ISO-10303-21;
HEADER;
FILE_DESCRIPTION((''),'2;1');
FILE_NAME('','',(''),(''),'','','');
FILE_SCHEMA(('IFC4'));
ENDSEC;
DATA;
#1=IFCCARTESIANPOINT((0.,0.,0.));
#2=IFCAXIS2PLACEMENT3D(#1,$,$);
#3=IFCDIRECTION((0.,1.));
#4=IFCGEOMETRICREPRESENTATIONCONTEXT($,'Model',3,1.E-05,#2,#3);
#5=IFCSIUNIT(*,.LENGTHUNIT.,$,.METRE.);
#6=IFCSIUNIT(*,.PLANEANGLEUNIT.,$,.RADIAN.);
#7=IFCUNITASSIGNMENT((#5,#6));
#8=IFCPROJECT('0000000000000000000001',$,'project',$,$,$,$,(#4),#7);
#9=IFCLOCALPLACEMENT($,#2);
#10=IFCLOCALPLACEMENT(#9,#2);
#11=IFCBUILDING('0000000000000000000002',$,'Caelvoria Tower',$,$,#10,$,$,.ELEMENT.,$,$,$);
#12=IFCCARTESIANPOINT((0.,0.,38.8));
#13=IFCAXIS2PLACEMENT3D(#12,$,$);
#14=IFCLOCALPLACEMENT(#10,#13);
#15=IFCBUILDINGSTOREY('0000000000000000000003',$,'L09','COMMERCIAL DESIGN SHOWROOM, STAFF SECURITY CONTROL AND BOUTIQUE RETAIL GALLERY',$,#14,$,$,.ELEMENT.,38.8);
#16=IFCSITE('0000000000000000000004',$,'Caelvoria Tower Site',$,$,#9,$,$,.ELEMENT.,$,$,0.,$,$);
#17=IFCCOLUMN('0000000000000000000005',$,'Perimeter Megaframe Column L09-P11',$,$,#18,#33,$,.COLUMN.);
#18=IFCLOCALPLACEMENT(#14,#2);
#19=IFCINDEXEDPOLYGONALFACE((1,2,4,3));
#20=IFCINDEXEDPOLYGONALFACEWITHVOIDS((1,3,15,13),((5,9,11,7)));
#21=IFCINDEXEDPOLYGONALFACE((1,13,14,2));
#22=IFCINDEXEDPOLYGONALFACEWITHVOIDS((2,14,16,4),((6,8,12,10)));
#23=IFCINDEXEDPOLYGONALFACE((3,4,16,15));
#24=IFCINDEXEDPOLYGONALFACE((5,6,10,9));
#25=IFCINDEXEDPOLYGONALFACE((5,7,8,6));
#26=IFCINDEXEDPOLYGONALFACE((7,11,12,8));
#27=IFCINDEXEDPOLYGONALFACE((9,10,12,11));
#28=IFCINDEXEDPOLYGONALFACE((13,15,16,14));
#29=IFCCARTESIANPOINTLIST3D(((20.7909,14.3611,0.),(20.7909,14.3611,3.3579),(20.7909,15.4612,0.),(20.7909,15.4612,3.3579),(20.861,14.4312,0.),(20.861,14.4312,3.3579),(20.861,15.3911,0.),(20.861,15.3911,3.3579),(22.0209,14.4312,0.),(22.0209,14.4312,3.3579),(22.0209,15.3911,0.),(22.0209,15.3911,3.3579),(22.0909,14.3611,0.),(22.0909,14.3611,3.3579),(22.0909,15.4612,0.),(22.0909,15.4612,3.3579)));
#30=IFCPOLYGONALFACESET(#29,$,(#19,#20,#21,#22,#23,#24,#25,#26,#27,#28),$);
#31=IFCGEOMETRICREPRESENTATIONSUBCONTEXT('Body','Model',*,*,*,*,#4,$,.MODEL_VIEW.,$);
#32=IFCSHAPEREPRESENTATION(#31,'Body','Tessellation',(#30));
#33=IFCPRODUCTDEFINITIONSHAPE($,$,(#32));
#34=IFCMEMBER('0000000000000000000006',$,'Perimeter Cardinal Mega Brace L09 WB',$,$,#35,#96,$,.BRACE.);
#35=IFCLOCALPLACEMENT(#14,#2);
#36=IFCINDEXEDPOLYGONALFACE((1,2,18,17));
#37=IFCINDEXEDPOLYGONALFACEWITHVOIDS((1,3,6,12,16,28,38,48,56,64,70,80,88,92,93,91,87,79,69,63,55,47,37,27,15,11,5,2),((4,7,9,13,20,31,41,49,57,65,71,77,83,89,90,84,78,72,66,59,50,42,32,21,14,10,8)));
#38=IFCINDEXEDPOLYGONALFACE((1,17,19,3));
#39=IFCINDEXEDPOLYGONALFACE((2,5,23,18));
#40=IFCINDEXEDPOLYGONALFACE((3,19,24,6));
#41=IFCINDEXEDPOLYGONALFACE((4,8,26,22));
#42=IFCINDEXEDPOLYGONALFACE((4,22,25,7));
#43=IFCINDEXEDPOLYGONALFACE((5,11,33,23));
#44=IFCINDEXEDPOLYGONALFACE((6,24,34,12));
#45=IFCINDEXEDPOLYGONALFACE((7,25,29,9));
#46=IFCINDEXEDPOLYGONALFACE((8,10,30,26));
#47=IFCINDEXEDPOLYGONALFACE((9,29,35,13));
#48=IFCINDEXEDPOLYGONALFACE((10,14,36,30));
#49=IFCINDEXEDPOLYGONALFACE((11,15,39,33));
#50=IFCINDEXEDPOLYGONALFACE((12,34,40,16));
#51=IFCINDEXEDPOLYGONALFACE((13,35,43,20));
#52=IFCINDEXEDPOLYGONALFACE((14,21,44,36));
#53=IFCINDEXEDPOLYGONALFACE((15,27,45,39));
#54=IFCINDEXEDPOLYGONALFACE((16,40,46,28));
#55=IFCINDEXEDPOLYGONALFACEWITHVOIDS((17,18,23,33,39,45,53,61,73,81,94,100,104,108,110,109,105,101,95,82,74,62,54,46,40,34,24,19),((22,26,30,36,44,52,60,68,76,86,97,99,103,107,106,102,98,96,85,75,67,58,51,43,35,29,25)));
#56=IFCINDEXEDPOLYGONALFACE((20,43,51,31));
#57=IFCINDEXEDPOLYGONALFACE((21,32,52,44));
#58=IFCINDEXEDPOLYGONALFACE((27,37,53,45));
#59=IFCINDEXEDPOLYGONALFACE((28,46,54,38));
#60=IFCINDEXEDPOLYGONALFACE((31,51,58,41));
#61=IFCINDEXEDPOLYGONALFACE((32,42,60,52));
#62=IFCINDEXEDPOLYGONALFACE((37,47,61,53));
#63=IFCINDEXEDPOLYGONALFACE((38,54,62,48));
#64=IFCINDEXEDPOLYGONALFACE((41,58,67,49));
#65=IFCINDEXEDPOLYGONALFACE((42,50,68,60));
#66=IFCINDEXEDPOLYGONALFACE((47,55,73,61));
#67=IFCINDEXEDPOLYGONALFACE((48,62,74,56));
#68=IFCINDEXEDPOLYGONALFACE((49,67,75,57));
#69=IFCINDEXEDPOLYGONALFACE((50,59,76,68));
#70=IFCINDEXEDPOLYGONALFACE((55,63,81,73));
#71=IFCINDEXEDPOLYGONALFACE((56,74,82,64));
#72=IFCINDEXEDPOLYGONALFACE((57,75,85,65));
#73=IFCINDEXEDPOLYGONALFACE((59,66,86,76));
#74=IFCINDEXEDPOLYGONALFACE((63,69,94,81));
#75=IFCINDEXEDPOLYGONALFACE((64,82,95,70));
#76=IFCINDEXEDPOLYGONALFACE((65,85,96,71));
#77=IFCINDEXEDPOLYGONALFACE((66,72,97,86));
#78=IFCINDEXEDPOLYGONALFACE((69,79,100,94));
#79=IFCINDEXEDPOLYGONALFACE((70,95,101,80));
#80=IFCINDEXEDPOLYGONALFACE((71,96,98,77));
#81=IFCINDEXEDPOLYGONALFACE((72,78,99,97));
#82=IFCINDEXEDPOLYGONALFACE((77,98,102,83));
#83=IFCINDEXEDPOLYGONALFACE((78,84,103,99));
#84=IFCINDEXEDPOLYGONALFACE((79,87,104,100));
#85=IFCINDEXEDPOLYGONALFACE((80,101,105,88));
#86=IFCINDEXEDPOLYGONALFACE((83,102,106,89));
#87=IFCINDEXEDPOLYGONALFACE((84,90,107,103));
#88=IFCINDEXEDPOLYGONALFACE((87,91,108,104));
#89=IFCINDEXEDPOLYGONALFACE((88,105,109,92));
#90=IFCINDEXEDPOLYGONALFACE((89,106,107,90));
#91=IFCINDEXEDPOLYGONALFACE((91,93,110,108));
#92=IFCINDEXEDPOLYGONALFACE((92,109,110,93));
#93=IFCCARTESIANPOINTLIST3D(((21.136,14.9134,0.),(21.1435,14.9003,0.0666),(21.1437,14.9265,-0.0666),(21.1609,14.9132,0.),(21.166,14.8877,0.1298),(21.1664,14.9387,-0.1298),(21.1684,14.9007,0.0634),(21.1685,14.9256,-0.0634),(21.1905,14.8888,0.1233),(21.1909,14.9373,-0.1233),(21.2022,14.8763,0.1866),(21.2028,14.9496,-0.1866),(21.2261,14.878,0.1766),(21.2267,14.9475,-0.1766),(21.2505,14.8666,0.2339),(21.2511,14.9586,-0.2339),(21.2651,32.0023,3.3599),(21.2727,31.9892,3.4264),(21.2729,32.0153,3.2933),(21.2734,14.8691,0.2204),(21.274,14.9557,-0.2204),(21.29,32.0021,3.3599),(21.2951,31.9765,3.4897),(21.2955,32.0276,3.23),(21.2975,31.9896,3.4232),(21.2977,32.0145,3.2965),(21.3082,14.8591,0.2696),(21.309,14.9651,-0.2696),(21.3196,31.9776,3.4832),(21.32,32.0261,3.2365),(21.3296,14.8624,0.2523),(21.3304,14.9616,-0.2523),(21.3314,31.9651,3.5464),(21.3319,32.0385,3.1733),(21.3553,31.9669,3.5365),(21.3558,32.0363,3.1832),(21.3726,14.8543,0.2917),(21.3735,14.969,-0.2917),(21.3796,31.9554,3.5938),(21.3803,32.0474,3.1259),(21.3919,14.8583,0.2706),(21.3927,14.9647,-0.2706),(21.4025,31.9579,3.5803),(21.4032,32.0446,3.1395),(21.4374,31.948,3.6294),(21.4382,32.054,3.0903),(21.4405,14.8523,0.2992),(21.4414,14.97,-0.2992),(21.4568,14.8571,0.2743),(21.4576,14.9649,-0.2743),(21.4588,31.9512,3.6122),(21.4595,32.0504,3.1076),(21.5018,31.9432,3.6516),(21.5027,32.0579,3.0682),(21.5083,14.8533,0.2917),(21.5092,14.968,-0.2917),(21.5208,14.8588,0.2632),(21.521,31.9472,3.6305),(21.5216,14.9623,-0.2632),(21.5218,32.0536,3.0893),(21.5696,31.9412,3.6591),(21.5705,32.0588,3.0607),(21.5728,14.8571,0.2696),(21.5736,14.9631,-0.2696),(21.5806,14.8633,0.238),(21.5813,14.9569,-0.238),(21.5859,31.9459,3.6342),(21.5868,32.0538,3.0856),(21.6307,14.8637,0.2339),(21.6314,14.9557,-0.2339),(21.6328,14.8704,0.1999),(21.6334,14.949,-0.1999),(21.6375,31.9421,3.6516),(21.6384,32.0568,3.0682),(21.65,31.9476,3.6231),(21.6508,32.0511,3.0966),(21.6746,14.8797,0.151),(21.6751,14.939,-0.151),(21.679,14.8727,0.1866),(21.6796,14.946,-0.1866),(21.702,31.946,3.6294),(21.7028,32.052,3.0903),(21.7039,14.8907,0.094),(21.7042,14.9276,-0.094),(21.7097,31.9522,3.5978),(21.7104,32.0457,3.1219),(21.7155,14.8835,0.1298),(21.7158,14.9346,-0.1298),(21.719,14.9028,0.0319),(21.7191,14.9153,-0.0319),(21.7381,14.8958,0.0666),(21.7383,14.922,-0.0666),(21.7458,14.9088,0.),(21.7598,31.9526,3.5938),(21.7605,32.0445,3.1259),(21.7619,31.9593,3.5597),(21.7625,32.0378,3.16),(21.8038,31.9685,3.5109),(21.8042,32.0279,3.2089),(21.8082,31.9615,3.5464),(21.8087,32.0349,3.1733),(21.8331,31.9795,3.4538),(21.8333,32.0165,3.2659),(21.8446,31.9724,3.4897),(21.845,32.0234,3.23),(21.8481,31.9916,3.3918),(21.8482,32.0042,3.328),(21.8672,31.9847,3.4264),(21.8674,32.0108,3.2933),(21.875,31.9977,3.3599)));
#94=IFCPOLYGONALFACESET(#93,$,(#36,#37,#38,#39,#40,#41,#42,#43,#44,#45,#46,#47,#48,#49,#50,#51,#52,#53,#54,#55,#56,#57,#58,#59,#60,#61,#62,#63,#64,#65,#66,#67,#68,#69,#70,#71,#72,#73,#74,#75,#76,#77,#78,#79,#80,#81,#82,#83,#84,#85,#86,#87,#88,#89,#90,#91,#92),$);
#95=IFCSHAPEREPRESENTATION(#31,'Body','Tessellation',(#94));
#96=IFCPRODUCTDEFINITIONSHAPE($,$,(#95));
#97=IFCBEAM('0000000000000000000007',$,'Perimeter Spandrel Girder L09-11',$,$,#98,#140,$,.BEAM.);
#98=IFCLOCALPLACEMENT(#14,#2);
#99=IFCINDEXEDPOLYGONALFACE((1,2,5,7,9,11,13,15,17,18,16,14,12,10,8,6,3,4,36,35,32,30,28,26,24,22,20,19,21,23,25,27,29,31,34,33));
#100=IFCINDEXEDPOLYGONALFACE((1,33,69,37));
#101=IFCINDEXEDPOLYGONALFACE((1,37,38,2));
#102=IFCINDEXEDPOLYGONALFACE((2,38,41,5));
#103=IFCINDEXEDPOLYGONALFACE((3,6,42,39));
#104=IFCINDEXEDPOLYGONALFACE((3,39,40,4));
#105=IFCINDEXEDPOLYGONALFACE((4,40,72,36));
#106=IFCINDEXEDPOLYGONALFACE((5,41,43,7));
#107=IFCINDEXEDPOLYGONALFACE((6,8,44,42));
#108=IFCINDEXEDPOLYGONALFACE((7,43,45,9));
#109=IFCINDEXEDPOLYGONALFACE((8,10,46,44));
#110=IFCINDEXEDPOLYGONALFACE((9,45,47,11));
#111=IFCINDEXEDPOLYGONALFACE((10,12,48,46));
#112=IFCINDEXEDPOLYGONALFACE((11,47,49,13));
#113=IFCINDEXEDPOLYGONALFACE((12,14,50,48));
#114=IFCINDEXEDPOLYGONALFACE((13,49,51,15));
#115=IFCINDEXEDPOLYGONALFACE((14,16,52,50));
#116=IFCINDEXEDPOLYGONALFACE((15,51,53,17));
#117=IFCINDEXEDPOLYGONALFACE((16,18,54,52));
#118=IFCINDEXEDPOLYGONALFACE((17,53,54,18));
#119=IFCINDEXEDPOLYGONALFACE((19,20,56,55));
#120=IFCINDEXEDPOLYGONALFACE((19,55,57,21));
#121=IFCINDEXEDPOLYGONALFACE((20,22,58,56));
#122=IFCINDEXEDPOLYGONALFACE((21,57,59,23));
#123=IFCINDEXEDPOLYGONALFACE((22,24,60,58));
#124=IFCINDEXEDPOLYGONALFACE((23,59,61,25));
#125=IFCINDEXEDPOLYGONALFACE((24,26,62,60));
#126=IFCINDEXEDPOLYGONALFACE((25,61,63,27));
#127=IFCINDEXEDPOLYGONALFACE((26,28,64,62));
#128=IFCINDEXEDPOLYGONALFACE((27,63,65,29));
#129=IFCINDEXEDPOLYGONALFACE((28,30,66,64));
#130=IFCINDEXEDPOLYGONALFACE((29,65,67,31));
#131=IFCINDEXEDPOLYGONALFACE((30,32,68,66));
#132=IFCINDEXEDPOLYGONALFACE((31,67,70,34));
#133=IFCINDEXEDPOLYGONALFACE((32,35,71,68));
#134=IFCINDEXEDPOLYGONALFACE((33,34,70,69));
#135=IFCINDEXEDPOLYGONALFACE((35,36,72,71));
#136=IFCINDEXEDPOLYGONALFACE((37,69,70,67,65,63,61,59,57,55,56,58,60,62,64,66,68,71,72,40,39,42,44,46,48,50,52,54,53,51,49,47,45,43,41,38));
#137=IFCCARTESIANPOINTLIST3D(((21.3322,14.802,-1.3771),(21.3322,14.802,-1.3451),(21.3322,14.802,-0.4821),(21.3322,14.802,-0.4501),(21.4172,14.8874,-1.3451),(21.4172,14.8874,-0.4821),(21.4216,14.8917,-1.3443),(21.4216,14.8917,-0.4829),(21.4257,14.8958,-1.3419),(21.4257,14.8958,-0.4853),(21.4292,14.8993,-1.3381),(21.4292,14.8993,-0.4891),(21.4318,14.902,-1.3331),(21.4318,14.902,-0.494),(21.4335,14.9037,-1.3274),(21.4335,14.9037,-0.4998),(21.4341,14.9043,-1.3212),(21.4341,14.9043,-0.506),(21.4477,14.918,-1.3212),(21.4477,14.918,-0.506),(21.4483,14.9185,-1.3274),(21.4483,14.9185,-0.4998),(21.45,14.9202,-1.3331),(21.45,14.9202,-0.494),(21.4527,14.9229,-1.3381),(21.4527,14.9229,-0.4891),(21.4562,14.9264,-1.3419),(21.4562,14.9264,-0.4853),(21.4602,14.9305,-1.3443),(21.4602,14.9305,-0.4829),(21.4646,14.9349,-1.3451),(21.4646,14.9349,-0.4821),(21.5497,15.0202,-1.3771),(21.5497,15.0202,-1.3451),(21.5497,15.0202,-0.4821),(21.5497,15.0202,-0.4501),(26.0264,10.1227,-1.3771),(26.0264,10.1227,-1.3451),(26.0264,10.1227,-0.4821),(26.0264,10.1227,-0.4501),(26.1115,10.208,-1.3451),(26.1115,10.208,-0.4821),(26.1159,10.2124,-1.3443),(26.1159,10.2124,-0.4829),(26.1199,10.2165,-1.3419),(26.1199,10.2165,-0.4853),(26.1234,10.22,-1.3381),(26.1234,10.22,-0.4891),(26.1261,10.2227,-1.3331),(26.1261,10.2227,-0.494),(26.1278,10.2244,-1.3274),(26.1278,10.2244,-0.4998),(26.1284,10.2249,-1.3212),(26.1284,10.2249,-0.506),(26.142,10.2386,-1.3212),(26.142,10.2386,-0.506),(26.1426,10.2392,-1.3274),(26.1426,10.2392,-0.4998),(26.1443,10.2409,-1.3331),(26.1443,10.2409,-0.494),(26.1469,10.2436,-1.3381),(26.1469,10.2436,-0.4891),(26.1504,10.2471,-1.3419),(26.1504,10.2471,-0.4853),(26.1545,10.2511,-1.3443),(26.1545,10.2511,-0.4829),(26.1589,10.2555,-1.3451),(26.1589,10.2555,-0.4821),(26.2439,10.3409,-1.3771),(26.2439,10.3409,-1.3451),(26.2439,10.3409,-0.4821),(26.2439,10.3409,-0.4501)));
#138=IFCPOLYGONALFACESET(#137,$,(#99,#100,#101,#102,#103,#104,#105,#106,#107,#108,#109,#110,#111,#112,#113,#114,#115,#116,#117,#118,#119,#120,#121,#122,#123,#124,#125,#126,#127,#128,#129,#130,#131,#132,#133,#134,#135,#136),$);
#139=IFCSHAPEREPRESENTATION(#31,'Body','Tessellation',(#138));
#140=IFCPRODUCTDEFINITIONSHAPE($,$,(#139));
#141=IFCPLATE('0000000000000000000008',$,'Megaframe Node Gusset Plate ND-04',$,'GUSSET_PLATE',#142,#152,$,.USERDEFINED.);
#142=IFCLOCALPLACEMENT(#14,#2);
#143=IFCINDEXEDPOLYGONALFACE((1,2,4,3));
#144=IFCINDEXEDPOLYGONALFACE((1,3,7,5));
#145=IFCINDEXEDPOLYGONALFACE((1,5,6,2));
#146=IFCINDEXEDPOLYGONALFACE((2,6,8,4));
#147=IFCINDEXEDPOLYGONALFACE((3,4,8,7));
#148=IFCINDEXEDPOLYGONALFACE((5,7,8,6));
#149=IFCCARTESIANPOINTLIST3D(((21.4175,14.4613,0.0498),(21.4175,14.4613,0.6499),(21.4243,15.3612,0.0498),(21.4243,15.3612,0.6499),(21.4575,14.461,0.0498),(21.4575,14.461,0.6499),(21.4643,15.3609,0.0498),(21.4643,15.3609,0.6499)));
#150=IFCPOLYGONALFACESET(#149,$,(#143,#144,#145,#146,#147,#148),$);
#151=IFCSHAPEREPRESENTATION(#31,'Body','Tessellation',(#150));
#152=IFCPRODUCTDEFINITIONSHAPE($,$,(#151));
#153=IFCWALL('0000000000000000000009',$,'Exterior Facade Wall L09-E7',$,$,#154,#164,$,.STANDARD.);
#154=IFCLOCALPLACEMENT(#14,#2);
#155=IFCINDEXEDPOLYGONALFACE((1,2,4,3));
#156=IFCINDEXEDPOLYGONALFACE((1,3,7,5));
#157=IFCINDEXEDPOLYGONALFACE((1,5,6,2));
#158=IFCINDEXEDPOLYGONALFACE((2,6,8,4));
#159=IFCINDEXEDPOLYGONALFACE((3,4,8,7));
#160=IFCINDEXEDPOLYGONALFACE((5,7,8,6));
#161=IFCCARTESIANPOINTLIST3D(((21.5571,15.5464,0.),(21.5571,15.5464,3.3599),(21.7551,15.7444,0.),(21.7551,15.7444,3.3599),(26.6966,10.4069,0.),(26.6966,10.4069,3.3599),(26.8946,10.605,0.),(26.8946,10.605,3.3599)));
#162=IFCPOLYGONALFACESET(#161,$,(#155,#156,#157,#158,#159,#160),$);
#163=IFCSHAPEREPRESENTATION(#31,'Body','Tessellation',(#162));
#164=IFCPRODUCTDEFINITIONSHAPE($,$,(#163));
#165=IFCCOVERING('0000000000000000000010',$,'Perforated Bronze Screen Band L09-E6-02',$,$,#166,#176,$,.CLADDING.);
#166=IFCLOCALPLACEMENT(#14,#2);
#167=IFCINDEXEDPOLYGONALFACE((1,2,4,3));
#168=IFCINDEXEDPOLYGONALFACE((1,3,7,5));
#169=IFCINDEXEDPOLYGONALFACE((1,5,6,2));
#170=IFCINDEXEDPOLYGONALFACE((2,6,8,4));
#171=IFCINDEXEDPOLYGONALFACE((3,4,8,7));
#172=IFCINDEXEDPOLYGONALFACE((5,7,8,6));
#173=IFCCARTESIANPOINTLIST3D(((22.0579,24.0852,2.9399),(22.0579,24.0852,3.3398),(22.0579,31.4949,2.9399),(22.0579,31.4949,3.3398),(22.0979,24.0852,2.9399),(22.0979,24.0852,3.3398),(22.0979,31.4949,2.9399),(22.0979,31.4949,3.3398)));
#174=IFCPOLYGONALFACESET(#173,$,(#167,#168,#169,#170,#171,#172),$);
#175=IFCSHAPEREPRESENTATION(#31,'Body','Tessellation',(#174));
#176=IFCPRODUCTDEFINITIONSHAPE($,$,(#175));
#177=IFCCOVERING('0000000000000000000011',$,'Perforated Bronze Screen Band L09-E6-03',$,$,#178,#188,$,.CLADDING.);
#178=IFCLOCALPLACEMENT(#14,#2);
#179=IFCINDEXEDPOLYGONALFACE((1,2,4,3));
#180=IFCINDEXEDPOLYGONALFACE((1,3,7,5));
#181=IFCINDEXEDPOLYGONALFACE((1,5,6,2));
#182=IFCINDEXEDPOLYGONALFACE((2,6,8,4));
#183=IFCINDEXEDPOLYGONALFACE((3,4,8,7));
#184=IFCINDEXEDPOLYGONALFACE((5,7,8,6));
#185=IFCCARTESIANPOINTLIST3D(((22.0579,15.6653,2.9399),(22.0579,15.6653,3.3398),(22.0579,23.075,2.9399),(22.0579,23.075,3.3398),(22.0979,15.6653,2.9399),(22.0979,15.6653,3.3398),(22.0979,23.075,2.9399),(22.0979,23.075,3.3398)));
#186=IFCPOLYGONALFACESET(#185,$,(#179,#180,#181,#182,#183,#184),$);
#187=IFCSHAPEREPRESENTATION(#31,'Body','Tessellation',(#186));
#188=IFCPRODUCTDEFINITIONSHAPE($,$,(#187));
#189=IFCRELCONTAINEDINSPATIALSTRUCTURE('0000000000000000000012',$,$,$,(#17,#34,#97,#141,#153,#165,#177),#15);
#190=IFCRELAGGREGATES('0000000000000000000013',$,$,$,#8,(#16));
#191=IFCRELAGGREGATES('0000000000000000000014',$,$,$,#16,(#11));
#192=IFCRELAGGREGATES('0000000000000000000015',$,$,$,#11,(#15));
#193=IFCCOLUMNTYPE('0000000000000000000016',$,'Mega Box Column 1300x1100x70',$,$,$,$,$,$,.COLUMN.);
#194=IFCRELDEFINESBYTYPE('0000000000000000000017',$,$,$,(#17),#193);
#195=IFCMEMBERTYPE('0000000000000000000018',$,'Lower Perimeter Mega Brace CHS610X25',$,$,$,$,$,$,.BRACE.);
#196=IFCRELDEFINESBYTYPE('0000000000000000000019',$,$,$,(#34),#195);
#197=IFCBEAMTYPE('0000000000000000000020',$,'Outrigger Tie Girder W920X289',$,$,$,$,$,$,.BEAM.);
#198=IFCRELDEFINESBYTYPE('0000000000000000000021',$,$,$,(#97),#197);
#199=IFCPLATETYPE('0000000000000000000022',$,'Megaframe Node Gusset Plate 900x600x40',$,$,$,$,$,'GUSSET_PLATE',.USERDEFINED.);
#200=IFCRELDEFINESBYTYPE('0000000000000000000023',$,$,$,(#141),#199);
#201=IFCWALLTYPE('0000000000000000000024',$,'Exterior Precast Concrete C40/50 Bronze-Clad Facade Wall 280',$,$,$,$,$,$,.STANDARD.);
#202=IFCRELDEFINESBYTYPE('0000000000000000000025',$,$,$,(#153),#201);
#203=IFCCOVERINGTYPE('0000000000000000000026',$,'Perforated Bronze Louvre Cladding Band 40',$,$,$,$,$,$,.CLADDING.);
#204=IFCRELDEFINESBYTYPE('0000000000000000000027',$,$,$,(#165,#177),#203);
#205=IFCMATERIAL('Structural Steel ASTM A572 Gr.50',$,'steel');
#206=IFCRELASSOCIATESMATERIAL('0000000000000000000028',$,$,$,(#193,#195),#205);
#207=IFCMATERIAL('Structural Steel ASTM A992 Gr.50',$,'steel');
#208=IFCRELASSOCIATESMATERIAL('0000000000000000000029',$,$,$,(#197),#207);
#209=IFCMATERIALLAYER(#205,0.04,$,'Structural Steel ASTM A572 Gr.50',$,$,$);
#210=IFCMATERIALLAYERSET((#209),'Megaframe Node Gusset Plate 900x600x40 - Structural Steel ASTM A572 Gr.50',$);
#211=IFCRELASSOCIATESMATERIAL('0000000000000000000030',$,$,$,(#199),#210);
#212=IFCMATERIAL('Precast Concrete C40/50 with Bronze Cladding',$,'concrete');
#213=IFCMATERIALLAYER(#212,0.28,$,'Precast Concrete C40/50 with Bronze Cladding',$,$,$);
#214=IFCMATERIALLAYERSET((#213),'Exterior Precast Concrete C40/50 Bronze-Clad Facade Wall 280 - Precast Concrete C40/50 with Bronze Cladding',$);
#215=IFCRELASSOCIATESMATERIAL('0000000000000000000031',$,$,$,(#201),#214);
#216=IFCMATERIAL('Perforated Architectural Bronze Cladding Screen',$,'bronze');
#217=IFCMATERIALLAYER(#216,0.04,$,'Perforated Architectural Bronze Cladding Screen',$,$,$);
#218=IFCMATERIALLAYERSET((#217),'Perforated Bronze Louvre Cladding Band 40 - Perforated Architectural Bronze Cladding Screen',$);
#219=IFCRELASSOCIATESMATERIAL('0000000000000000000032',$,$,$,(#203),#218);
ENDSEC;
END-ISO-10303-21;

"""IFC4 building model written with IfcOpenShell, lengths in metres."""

from ifc_helpers import new_model, si_unit, direction, frame, frame_2d, origin, origin_2d, place, context, subcontext, project, spatial, rectangle, hollow_rectangle, hollow_circle, i_section, extrude, material, layer, layer_set, material_profile, profile_set, type_object, element, save


model = new_model("IFC4")

# Units and contexts
model_context = context("Model", 3, precision=1e-05, world=origin(), true_north=direction((0.0, 1.0)))
body_context = subcontext(model_context, "Body", "Model", "MODEL_VIEW")
ifc_project = project(units=[si_unit("LENGTHUNIT", "METRE"), si_unit("PLANEANGLEUNIT", "RADIAN")], contexts=[model_context])

# Site, building, storey
site_placement = place(None, origin())
site = spatial("IfcSite", under=ifc_project, at=site_placement, Name="Caelvoria Tower Site", CompositionType="ELEMENT", RefElevation=0.0)
building_placement = place(site_placement, origin())
building = spatial("IfcBuilding", under=site, at=building_placement, Name="Caelvoria Tower", CompositionType="ELEMENT")
storey_placement = place(building_placement, frame((0.0, 0.0, 38.8)))
storey = spatial("IfcBuildingStorey", under=building, at=storey_placement, Name="L09", Description="COMMERCIAL DESIGN SHOWROOM, STAFF SECURITY CONTROL AND BOUTIQUE RETAIL GALLERY", CompositionType="ELEMENT", Elevation=38.8)

# Column
ifc_material_1 = material(Name="Structural Steel ASTM A572 Gr.50", Category="steel")
ifc_material_profile_1 = material_profile(ifc_material_1, hollow_rectangle(XDim=1.1001, YDim=1.3, WallThickness=0.0701, at=origin_2d()), Name="Structural Steel ASTM A572 Gr.50")
ifc_profile_set_1 = profile_set([ifc_material_profile_1], Name="BOX1300X1100X70 - Structural Steel ASTM A572 Gr.50")
column_type = type_object("IfcColumnType", Name="Mega Box Column 1300x1100x70", PredefinedType="COLUMN", material=ifc_profile_set_1)
column_placement = place(storey_placement, frame((21.4409, 14.9111, 0.0), z_axis=(0.0, 0.0, 1.0), x_axis=(0.0, 1.0, 0.0)))
element("IfcColumn", 1, at=column_placement, inside=storey, type_object=column_type, Name="Perimeter Megaframe Column L09-P11", PredefinedType="COLUMN", context=body_context, shape_type="SweptSolid", body=[
    extrude(hollow_rectangle(XDim=1.1001, YDim=1.3, WallThickness=0.0701, at=origin_2d()), origin(), (0.0, 0.0, 1.0), 3.3579),
])

# Member
ifc_material_profile_2 = material_profile(ifc_material_1, hollow_circle(Radius=0.3049, WallThickness=0.0249, at=origin_2d()), Name="Structural Steel ASTM A572 Gr.50")
ifc_profile_set_2 = profile_set([ifc_material_profile_2], Name="CHS610X25 - Structural Steel ASTM A572 Gr.50")
member_type = type_object("IfcMemberType", Name="Lower Perimeter Mega Brace CHS610X25", PredefinedType="BRACE", material=ifc_profile_set_2)
member_placement = place(storey_placement, frame((21.4409, 14.9111, 0.0), z_axis=(0.007415, 0.981188, 0.192913), x_axis=(-0.999971, 0.007557, 0.0)))
element("IfcMember", 2, at=member_placement, inside=storey, type_object=member_type, Name="Perimeter Cardinal Mega Brace L09 WB", PredefinedType="BRACE", context=body_context, shape_type="SweptSolid", body=[
    extrude(hollow_circle(Radius=0.3049, WallThickness=0.0249, at=origin_2d()), origin(), (0.0, 0.0, 1.0), 17.4165),
])

# Beam
ifc_material_2 = material(Name="Structural Steel ASTM A992 Gr.50", Category="steel")
ifc_material_profile_3 = material_profile(ifc_material_2, i_section(OverallWidth=0.3081, OverallDepth=0.927, WebThickness=0.0193, FlangeThickness=0.032, FilletRadius=0.0239, at=origin_2d()), Name="Structural Steel ASTM A992 Gr.50")
ifc_profile_set_3 = profile_set([ifc_material_profile_3], Name="W920X289 - Structural Steel ASTM A992 Gr.50")
beam_type = type_object("IfcBeamType", Name="Outrigger Tie Girder W920X289", PredefinedType="BEAM", material=ifc_profile_set_3)
beam_placement = place(storey_placement, frame((21.4409, 14.9111, -0.9136), z_axis=(0.708229, -0.705982, 0.0), x_axis=(0.705982, 0.708229, 0.0)))
element("IfcBeam", 3, at=beam_placement, inside=storey, type_object=beam_type, Name="Perimeter Spandrel Girder L09-11", PredefinedType="BEAM", context=body_context, shape_type="SweptSolid", body=[
    extrude(i_section(OverallWidth=0.3081, OverallDepth=0.927, WebThickness=0.0193, FlangeThickness=0.032, FilletRadius=0.0239, at=origin_2d()), origin(), (0.0, 0.0, 1.0), 6.6282),
])

# Plate
ifc_layer_1 = layer(ifc_material_1, 0.04, Name="Structural Steel ASTM A572 Gr.50")
ifc_layer_set_1 = layer_set([ifc_layer_1], Name="Megaframe Node Gusset Plate 900x600x40 - Structural Steel ASTM A572 Gr.50")
plate_type = type_object("IfcPlateType", Name="Megaframe Node Gusset Plate 900x600x40", ElementType="GUSSET_PLATE", PredefinedType="USERDEFINED", material=ifc_layer_set_1)
plate_placement = place(storey_placement, frame((21.4409, 14.9111, 0.0498), z_axis=(0.0, 0.0, 1.0), x_axis=(0.007548, 0.999972, 0.0)))
element("IfcPlate", 4, at=plate_placement, inside=storey, type_object=plate_type, Name="Megaframe Node Gusset Plate ND-04", ObjectType="GUSSET_PLATE", PredefinedType="USERDEFINED", context=body_context, shape_type="SweptSolid", body=[
    extrude(rectangle(XDim=0.8999, YDim=0.04, at=origin_2d()), origin(), (0.0, 0.0, 1.0), 0.6001),
])

# Wall
ifc_material_3 = material(Name="Precast Concrete C40/50 with Bronze Cladding", Category="concrete")
ifc_layer_2 = layer(ifc_material_3, 0.28, Name="Precast Concrete C40/50 with Bronze Cladding")
ifc_layer_set_2 = layer_set([ifc_layer_2], Name="Exterior Precast Concrete C40/50 Bronze-Clad Facade Wall 280 - Precast Concrete C40/50 with Bronze Cladding")
wall_type = type_object("IfcWallType", Name="Exterior Precast Concrete C40/50 Bronze-Clad Facade Wall 280", PredefinedType="STANDARD", material=ifc_layer_set_2)
wall_placement = place(storey_placement, frame((21.656, 15.6455, 0.0), z_axis=(0.0, 0.0, 1.0), x_axis=(0.707107, -0.707107, 0.0)))
element("IfcWall", 5, at=wall_placement, inside=storey, type_object=wall_type, Name="Exterior Facade Wall L09-E7", PredefinedType="STANDARD", context=body_context, shape_type="SweptSolid", body=[
    extrude(rectangle(XDim=7.2683, YDim=0.28, at=frame_2d((3.6343, 0.0))), origin(), (0.0, 0.0, 1.0), 3.3599),
])

# Coverings
ifc_material_4 = material(Name="Perforated Architectural Bronze Cladding Screen", Category="bronze")
ifc_layer_3 = layer(ifc_material_4, 0.04, Name="Perforated Architectural Bronze Cladding Screen")
ifc_layer_set_3 = layer_set([ifc_layer_3], Name="Perforated Bronze Louvre Cladding Band 40 - Perforated Architectural Bronze Cladding Screen")
covering_type = type_object("IfcCoveringType", Name="Perforated Bronze Louvre Cladding Band 40", PredefinedType="CLADDING", material=ifc_layer_set_3)
for number, where, z_axis, x_axis, name in (
    (6, (22.0779, 27.79, 2.9399), (0.0, 0.0, 1.0), (0.0, -1.0, 0.0), "Perforated Bronze Screen Band L09-E6-02"),
    (7, (22.0779, 19.3701, 2.9399), (0.0, 0.0, 1.0), (0.0, -1.0, 0.0), "Perforated Bronze Screen Band L09-E6-03"),
):
    element("IfcCovering", number, at=place(storey_placement, frame(where, z_axis=z_axis, x_axis=x_axis)), inside=storey, type_object=covering_type, Name=name, PredefinedType="CLADDING", context=body_context, shape_type="SweptSolid", body=[
        extrude(rectangle(XDim=7.4097, YDim=0.04, at=origin_2d()), origin(), (0.0, 0.0, 1.0), 0.3999),
    ])

save(model, "model.ifc")
